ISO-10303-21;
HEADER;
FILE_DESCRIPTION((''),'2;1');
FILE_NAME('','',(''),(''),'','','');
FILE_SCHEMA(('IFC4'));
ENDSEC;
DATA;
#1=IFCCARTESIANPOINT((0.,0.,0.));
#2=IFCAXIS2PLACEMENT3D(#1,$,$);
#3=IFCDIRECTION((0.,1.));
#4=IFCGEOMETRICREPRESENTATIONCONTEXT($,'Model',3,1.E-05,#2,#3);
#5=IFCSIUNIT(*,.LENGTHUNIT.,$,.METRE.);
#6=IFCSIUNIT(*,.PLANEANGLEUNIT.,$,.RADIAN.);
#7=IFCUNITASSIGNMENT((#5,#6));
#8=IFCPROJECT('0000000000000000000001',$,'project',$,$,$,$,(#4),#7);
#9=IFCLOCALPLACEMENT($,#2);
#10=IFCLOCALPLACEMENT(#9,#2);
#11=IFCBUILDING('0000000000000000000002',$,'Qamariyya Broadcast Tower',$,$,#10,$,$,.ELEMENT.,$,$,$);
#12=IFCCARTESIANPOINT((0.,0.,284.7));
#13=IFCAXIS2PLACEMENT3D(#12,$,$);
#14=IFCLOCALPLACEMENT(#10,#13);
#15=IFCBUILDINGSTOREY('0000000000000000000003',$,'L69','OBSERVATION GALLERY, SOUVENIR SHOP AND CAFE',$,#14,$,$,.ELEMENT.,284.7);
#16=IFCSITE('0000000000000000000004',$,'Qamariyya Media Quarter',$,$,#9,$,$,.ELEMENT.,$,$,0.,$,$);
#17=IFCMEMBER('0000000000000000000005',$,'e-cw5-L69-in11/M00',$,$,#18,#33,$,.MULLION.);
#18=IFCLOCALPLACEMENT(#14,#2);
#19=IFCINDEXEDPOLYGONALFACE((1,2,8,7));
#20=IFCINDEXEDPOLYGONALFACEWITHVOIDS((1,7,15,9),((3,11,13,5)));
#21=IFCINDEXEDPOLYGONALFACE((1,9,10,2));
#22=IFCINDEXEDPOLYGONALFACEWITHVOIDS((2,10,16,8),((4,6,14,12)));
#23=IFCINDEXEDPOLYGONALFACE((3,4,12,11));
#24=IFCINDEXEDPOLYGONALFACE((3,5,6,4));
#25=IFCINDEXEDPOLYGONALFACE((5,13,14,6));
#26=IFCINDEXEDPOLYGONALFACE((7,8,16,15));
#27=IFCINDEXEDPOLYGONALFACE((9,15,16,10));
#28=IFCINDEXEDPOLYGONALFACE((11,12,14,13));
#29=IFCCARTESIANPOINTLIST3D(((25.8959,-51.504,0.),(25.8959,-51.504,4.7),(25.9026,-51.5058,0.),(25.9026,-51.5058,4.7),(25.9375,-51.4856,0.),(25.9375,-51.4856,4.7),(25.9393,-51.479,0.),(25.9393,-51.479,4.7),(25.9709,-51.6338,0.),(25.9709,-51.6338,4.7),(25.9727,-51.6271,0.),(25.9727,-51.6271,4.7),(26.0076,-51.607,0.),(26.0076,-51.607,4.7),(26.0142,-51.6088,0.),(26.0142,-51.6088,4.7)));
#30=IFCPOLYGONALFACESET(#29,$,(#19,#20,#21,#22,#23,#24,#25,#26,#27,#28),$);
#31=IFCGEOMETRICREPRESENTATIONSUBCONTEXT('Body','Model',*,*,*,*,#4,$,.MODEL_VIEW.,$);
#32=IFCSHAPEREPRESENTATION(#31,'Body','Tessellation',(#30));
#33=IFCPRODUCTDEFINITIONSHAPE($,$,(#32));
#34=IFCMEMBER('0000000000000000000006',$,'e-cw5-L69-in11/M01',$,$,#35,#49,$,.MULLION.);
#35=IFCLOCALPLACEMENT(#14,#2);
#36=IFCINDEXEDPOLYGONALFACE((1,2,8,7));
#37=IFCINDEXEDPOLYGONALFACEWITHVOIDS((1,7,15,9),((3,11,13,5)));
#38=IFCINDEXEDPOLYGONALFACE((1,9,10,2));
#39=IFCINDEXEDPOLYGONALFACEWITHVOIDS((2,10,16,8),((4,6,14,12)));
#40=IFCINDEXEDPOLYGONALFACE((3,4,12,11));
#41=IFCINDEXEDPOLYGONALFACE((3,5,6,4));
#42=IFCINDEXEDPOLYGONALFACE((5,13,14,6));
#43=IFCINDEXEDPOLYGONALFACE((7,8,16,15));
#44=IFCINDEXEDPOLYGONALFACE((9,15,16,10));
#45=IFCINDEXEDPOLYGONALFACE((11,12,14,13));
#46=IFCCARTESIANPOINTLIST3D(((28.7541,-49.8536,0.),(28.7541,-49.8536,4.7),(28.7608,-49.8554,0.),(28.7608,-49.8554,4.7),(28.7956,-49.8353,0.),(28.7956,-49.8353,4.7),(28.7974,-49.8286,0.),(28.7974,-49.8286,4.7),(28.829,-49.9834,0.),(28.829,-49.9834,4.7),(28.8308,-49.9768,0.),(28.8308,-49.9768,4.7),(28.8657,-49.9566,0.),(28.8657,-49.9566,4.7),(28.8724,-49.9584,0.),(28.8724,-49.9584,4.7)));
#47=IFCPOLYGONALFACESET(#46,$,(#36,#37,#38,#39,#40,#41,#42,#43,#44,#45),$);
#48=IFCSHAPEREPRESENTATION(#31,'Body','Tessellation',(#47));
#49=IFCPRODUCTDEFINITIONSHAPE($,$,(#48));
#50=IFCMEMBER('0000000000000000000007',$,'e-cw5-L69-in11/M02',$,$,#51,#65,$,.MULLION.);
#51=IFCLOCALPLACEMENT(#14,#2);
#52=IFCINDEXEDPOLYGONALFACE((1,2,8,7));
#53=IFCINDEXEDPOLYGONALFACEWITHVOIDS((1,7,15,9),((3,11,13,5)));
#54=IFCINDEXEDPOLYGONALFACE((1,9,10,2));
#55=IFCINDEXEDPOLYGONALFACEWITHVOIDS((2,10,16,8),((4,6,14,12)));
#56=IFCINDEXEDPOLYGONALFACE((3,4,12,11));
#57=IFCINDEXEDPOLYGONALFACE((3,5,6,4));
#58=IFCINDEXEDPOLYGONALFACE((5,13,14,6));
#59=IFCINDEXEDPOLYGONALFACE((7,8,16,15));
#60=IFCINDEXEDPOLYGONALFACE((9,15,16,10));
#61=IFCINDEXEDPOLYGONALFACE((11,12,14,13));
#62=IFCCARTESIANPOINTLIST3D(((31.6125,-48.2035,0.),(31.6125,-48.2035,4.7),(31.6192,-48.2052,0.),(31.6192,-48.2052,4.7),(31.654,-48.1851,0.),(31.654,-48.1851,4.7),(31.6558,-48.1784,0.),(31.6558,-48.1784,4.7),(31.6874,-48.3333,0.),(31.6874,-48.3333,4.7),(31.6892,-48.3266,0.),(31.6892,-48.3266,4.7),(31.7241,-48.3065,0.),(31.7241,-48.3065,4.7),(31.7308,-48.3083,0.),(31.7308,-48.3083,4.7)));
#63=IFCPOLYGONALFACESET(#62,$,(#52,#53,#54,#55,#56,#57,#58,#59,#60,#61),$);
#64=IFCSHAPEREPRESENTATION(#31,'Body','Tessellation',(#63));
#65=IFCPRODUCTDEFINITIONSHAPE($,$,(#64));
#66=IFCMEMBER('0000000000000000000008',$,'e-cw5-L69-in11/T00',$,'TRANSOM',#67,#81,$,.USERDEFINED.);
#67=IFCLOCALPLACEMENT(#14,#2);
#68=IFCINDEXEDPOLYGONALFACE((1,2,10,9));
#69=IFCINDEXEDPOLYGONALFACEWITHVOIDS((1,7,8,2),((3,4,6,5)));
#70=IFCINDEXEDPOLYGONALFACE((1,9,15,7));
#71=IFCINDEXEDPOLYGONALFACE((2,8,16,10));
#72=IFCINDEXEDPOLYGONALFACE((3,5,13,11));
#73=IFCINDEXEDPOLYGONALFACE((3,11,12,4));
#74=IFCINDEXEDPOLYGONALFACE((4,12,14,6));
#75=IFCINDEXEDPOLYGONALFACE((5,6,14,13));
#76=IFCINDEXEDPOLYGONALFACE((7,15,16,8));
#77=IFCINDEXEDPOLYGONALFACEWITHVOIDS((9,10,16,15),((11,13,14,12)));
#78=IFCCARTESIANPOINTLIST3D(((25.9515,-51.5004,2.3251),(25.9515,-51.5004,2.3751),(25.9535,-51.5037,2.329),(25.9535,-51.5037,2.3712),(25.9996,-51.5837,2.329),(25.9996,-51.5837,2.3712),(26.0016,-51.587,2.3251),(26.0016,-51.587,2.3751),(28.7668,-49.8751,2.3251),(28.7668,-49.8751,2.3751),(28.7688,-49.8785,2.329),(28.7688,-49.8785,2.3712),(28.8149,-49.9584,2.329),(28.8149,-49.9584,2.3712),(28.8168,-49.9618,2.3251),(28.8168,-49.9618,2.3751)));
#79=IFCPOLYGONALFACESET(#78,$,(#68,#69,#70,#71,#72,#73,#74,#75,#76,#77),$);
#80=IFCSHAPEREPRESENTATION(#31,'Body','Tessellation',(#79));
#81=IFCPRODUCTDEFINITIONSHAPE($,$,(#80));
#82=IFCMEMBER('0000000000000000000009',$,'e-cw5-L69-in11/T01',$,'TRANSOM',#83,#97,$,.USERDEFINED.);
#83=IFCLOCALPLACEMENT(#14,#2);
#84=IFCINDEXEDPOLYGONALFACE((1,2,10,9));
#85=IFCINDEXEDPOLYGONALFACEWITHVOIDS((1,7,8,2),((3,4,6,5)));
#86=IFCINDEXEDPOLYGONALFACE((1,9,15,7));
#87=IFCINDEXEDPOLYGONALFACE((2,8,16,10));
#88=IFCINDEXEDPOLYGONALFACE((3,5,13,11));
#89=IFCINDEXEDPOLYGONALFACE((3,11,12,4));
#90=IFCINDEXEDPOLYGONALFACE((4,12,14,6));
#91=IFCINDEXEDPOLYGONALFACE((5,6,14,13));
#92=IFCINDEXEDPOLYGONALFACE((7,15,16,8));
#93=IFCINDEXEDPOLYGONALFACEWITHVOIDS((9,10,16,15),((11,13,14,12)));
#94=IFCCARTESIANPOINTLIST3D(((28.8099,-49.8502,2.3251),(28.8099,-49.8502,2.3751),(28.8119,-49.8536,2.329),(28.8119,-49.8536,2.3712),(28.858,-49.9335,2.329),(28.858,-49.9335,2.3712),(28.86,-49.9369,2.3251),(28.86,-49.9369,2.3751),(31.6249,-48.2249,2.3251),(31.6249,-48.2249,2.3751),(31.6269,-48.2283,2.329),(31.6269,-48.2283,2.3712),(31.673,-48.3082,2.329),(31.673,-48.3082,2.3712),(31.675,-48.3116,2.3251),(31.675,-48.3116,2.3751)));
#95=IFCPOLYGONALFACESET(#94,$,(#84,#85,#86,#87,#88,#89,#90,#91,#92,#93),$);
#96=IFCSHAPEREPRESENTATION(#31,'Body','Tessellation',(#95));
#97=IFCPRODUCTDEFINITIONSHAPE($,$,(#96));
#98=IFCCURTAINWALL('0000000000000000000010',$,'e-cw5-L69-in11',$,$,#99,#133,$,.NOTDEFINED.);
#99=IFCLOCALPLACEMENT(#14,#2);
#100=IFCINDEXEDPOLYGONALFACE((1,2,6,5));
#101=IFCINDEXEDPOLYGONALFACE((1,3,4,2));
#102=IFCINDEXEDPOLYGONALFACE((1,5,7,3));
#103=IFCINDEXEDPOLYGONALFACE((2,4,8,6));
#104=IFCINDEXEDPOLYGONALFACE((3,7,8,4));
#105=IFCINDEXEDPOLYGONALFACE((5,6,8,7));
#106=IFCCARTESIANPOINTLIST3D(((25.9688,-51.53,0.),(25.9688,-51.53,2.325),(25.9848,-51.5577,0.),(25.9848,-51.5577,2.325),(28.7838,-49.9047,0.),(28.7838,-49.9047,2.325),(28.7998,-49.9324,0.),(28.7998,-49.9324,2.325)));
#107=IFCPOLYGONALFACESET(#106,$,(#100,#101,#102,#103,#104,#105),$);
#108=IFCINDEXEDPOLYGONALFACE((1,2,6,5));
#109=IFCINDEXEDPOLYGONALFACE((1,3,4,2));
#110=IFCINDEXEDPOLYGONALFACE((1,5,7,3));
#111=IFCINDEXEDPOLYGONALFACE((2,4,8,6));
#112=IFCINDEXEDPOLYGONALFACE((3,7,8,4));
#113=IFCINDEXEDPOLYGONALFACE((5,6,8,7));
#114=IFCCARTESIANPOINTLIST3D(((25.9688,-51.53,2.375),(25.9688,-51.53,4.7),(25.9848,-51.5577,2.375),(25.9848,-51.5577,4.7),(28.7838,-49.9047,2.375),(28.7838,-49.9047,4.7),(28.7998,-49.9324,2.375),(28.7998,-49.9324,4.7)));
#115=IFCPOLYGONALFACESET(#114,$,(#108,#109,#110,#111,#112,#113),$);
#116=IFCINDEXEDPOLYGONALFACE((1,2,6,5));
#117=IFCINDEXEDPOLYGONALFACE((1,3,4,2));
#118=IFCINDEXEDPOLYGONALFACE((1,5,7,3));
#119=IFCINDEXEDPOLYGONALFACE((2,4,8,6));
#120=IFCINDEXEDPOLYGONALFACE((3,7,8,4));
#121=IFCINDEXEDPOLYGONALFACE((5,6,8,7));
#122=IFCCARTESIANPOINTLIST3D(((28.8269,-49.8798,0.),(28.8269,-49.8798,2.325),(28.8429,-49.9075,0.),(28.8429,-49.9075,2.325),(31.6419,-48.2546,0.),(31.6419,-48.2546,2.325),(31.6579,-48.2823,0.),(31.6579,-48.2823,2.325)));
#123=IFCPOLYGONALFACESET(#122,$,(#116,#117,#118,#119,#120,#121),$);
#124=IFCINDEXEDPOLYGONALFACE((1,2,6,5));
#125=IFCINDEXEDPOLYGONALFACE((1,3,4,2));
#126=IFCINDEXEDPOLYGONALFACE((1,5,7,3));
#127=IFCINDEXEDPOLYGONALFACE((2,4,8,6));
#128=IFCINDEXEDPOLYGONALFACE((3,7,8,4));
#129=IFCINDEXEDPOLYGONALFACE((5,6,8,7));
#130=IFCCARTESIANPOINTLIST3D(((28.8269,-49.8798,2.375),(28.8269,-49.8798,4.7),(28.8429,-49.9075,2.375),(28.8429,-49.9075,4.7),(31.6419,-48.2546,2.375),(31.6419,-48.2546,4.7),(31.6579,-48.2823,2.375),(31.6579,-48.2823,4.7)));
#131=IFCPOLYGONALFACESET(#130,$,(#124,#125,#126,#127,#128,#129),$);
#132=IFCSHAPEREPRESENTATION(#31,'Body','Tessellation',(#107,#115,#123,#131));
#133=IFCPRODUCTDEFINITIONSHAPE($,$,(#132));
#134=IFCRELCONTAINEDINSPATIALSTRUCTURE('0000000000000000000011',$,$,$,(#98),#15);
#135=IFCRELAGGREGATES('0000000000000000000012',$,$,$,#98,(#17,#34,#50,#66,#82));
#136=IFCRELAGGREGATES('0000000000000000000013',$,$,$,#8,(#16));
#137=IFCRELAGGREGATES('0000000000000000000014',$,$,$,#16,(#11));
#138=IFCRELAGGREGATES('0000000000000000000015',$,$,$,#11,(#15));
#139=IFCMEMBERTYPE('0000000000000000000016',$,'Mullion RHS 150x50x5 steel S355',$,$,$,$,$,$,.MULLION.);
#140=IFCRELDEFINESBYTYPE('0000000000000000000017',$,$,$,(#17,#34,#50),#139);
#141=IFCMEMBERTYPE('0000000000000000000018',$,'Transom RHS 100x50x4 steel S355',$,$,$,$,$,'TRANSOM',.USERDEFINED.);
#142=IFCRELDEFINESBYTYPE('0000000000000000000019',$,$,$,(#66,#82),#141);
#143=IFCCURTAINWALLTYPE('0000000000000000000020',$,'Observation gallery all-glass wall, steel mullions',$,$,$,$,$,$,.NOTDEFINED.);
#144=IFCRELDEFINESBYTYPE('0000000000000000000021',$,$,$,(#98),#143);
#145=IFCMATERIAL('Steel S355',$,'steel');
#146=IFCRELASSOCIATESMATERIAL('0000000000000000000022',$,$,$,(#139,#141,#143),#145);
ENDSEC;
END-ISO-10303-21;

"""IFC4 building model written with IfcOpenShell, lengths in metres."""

from ifc_helpers import new_model, si_unit, direction, frame, origin, origin_2d, place, context, subcontext, project, spatial, rectangle, hollow_rectangle, extrude, material, material_profile, profile_set, type_object, element, aggregate, save


model = new_model("IFC4")

# Units and contexts
model_context = context("Model", 3, precision=1e-05, world=origin(), true_north=direction((0.0, 1.0)))
body_context = subcontext(model_context, "Body", "Model", "MODEL_VIEW")
ifc_project = project(units=[si_unit("LENGTHUNIT", "METRE"), si_unit("PLANEANGLEUNIT", "RADIAN")], contexts=[model_context])

# Members
ifc_material = material(Name="Steel S355", Category="steel")
ifc_material_profile_1 = material_profile(ifc_material, hollow_rectangle(XDim=0.1499, YDim=0.05, WallThickness=0.0049, at=origin_2d()))
ifc_profile_set_1 = profile_set([ifc_material_profile_1], Name="Steel S355")
member_type_1 = type_object("IfcMemberType", Name="Mullion RHS 150x50x5 steel S355", PredefinedType="MULLION", material=ifc_profile_set_1)
site_placement = place(None, origin())
building_placement = place(site_placement, origin())
storey_placement = place(building_placement, frame((0.0, 0.0, 284.7)))
member_1_placement = place(storey_placement, frame((25.9551, -51.5564, 0.0), z_axis=(0.0, 0.0, 1.0), x_axis=(-0.5, 0.866025, 0.0)))
member_1 = element("IfcMember", 1, at=member_1_placement, type_object=member_type_1, Name="e-cw5-L69-in11/M00", PredefinedType="MULLION", context=body_context, shape_type="SweptSolid", body=[
    extrude(hollow_rectangle(XDim=0.1499, YDim=0.05, WallThickness=0.0049, at=origin_2d()), origin(), (0.0, 0.0, 1.0), 4.7),
])
member_2_placement = place(storey_placement, frame((28.8132, -49.906, 0.0), z_axis=(0.0, 0.0, 1.0), x_axis=(-0.5, 0.866025, 0.0)))
member_2 = element("IfcMember", 2, at=member_2_placement, type_object=member_type_1, Name="e-cw5-L69-in11/M01", PredefinedType="MULLION", context=body_context, shape_type="SweptSolid", body=[
    extrude(hollow_rectangle(XDim=0.1499, YDim=0.05, WallThickness=0.0049, at=origin_2d()), origin(), (0.0, 0.0, 1.0), 4.7),
])
member_3_placement = place(storey_placement, frame((31.6716, -48.2559, 0.0), z_axis=(0.0, 0.0, 1.0), x_axis=(-0.5, 0.866025, 0.0)))
member_3 = element("IfcMember", 3, at=member_3_placement, type_object=member_type_1, Name="e-cw5-L69-in11/M02", PredefinedType="MULLION", context=body_context, shape_type="SweptSolid", body=[
    extrude(hollow_rectangle(XDim=0.1499, YDim=0.05, WallThickness=0.0049, at=origin_2d()), origin(), (0.0, 0.0, 1.0), 4.7),
])
ifc_material_profile_2 = material_profile(ifc_material, hollow_rectangle(XDim=0.1001, YDim=0.05, WallThickness=0.0039, at=origin_2d()))
ifc_profile_set_2 = profile_set([ifc_material_profile_2], Name="Steel S355")
member_type_2 = type_object("IfcMemberType", Name="Transom RHS 100x50x4 steel S355", ElementType="TRANSOM", PredefinedType="USERDEFINED", material=ifc_profile_set_2)
member_4_placement = place(storey_placement, frame((25.9766, -51.5437, 2.3501), z_axis=(0.866039, 0.499976, 0.0), x_axis=(-0.499976, 0.866039, 0.0)))
member_4 = element("IfcMember", 4, at=member_4_placement, type_object=member_type_2, Name="e-cw5-L69-in11/T00", ObjectType="TRANSOM", PredefinedType="USERDEFINED", context=body_context, shape_type="SweptSolid", body=[
    extrude(hollow_rectangle(XDim=0.1001, YDim=0.05, WallThickness=0.0039, at=origin_2d()), origin(), (0.0, 0.0, 1.0), 3.2507),
])
member_5_placement = place(storey_placement, frame((28.835, -49.8936, 2.3501), z_axis=(0.86602, 0.500009, 0.0), x_axis=(-0.500009, 0.86602, 0.0)))
member_5 = element("IfcMember", 5, at=member_5_placement, type_object=member_type_2, Name="e-cw5-L69-in11/T01", ObjectType="TRANSOM", PredefinedType="USERDEFINED", context=body_context, shape_type="SweptSolid", body=[
    extrude(hollow_rectangle(XDim=0.1001, YDim=0.05, WallThickness=0.0039, at=origin_2d()), origin(), (0.0, 0.0, 1.0), 3.2505),
])

# Site, building, storey
site = spatial("IfcSite", under=ifc_project, at=site_placement, Name="Qamariyya Media Quarter", CompositionType="ELEMENT", RefElevation=0.0)
building = spatial("IfcBuilding", under=site, at=building_placement, Name="Qamariyya Broadcast Tower", CompositionType="ELEMENT")
storey = spatial("IfcBuildingStorey", under=building, at=storey_placement, Name="L69", Description="OBSERVATION GALLERY, SOUVENIR SHOP AND CAFE", CompositionType="ELEMENT", Elevation=284.7)

# Curtain wall
curtain_wall_type = type_object("IfcCurtainWallType", Name="Observation gallery all-glass wall, steel mullions", PredefinedType="NOTDEFINED", material=ifc_material)
curtain_wall_1_placement = place(storey_placement, origin())
curtain_wall_1 = element("IfcCurtainWall", 6, at=curtain_wall_1_placement, inside=storey, type_object=curtain_wall_type, Name="e-cw5-L69-in11", PredefinedType="NOTDEFINED", context=body_context, shape_type="SweptSolid", body=[
    extrude(rectangle(XDim=3.2505, YDim=0.032, at=origin_2d()), frame((27.3843, -50.7312, 0.0), x_axis=(0.866032, 0.499988, 0.0)), (0.0, 0.0, 1.0), 2.325),
    extrude(rectangle(XDim=3.2505, YDim=0.032, at=origin_2d()), frame((27.3843, -50.7312, 2.375), x_axis=(0.866032, 0.499988, 0.0)), (0.0, 0.0, 1.0), 2.325),
    extrude(rectangle(XDim=3.2505, YDim=0.032, at=origin_2d()), frame((30.2424, -49.0811, 0.0), x_axis=(0.866032, 0.499988, 0.0)), (0.0, 0.0, 1.0), 2.325),
    extrude(rectangle(XDim=3.2505, YDim=0.032, at=origin_2d()), frame((30.2424, -49.0811, 2.375), x_axis=(0.866032, 0.499988, 0.0)), (0.0, 0.0, 1.0), 2.325),
])
aggregate(curtain_wall_1, [member_1, member_2, member_3, member_4, member_5])

save(model, "model.ifc")
